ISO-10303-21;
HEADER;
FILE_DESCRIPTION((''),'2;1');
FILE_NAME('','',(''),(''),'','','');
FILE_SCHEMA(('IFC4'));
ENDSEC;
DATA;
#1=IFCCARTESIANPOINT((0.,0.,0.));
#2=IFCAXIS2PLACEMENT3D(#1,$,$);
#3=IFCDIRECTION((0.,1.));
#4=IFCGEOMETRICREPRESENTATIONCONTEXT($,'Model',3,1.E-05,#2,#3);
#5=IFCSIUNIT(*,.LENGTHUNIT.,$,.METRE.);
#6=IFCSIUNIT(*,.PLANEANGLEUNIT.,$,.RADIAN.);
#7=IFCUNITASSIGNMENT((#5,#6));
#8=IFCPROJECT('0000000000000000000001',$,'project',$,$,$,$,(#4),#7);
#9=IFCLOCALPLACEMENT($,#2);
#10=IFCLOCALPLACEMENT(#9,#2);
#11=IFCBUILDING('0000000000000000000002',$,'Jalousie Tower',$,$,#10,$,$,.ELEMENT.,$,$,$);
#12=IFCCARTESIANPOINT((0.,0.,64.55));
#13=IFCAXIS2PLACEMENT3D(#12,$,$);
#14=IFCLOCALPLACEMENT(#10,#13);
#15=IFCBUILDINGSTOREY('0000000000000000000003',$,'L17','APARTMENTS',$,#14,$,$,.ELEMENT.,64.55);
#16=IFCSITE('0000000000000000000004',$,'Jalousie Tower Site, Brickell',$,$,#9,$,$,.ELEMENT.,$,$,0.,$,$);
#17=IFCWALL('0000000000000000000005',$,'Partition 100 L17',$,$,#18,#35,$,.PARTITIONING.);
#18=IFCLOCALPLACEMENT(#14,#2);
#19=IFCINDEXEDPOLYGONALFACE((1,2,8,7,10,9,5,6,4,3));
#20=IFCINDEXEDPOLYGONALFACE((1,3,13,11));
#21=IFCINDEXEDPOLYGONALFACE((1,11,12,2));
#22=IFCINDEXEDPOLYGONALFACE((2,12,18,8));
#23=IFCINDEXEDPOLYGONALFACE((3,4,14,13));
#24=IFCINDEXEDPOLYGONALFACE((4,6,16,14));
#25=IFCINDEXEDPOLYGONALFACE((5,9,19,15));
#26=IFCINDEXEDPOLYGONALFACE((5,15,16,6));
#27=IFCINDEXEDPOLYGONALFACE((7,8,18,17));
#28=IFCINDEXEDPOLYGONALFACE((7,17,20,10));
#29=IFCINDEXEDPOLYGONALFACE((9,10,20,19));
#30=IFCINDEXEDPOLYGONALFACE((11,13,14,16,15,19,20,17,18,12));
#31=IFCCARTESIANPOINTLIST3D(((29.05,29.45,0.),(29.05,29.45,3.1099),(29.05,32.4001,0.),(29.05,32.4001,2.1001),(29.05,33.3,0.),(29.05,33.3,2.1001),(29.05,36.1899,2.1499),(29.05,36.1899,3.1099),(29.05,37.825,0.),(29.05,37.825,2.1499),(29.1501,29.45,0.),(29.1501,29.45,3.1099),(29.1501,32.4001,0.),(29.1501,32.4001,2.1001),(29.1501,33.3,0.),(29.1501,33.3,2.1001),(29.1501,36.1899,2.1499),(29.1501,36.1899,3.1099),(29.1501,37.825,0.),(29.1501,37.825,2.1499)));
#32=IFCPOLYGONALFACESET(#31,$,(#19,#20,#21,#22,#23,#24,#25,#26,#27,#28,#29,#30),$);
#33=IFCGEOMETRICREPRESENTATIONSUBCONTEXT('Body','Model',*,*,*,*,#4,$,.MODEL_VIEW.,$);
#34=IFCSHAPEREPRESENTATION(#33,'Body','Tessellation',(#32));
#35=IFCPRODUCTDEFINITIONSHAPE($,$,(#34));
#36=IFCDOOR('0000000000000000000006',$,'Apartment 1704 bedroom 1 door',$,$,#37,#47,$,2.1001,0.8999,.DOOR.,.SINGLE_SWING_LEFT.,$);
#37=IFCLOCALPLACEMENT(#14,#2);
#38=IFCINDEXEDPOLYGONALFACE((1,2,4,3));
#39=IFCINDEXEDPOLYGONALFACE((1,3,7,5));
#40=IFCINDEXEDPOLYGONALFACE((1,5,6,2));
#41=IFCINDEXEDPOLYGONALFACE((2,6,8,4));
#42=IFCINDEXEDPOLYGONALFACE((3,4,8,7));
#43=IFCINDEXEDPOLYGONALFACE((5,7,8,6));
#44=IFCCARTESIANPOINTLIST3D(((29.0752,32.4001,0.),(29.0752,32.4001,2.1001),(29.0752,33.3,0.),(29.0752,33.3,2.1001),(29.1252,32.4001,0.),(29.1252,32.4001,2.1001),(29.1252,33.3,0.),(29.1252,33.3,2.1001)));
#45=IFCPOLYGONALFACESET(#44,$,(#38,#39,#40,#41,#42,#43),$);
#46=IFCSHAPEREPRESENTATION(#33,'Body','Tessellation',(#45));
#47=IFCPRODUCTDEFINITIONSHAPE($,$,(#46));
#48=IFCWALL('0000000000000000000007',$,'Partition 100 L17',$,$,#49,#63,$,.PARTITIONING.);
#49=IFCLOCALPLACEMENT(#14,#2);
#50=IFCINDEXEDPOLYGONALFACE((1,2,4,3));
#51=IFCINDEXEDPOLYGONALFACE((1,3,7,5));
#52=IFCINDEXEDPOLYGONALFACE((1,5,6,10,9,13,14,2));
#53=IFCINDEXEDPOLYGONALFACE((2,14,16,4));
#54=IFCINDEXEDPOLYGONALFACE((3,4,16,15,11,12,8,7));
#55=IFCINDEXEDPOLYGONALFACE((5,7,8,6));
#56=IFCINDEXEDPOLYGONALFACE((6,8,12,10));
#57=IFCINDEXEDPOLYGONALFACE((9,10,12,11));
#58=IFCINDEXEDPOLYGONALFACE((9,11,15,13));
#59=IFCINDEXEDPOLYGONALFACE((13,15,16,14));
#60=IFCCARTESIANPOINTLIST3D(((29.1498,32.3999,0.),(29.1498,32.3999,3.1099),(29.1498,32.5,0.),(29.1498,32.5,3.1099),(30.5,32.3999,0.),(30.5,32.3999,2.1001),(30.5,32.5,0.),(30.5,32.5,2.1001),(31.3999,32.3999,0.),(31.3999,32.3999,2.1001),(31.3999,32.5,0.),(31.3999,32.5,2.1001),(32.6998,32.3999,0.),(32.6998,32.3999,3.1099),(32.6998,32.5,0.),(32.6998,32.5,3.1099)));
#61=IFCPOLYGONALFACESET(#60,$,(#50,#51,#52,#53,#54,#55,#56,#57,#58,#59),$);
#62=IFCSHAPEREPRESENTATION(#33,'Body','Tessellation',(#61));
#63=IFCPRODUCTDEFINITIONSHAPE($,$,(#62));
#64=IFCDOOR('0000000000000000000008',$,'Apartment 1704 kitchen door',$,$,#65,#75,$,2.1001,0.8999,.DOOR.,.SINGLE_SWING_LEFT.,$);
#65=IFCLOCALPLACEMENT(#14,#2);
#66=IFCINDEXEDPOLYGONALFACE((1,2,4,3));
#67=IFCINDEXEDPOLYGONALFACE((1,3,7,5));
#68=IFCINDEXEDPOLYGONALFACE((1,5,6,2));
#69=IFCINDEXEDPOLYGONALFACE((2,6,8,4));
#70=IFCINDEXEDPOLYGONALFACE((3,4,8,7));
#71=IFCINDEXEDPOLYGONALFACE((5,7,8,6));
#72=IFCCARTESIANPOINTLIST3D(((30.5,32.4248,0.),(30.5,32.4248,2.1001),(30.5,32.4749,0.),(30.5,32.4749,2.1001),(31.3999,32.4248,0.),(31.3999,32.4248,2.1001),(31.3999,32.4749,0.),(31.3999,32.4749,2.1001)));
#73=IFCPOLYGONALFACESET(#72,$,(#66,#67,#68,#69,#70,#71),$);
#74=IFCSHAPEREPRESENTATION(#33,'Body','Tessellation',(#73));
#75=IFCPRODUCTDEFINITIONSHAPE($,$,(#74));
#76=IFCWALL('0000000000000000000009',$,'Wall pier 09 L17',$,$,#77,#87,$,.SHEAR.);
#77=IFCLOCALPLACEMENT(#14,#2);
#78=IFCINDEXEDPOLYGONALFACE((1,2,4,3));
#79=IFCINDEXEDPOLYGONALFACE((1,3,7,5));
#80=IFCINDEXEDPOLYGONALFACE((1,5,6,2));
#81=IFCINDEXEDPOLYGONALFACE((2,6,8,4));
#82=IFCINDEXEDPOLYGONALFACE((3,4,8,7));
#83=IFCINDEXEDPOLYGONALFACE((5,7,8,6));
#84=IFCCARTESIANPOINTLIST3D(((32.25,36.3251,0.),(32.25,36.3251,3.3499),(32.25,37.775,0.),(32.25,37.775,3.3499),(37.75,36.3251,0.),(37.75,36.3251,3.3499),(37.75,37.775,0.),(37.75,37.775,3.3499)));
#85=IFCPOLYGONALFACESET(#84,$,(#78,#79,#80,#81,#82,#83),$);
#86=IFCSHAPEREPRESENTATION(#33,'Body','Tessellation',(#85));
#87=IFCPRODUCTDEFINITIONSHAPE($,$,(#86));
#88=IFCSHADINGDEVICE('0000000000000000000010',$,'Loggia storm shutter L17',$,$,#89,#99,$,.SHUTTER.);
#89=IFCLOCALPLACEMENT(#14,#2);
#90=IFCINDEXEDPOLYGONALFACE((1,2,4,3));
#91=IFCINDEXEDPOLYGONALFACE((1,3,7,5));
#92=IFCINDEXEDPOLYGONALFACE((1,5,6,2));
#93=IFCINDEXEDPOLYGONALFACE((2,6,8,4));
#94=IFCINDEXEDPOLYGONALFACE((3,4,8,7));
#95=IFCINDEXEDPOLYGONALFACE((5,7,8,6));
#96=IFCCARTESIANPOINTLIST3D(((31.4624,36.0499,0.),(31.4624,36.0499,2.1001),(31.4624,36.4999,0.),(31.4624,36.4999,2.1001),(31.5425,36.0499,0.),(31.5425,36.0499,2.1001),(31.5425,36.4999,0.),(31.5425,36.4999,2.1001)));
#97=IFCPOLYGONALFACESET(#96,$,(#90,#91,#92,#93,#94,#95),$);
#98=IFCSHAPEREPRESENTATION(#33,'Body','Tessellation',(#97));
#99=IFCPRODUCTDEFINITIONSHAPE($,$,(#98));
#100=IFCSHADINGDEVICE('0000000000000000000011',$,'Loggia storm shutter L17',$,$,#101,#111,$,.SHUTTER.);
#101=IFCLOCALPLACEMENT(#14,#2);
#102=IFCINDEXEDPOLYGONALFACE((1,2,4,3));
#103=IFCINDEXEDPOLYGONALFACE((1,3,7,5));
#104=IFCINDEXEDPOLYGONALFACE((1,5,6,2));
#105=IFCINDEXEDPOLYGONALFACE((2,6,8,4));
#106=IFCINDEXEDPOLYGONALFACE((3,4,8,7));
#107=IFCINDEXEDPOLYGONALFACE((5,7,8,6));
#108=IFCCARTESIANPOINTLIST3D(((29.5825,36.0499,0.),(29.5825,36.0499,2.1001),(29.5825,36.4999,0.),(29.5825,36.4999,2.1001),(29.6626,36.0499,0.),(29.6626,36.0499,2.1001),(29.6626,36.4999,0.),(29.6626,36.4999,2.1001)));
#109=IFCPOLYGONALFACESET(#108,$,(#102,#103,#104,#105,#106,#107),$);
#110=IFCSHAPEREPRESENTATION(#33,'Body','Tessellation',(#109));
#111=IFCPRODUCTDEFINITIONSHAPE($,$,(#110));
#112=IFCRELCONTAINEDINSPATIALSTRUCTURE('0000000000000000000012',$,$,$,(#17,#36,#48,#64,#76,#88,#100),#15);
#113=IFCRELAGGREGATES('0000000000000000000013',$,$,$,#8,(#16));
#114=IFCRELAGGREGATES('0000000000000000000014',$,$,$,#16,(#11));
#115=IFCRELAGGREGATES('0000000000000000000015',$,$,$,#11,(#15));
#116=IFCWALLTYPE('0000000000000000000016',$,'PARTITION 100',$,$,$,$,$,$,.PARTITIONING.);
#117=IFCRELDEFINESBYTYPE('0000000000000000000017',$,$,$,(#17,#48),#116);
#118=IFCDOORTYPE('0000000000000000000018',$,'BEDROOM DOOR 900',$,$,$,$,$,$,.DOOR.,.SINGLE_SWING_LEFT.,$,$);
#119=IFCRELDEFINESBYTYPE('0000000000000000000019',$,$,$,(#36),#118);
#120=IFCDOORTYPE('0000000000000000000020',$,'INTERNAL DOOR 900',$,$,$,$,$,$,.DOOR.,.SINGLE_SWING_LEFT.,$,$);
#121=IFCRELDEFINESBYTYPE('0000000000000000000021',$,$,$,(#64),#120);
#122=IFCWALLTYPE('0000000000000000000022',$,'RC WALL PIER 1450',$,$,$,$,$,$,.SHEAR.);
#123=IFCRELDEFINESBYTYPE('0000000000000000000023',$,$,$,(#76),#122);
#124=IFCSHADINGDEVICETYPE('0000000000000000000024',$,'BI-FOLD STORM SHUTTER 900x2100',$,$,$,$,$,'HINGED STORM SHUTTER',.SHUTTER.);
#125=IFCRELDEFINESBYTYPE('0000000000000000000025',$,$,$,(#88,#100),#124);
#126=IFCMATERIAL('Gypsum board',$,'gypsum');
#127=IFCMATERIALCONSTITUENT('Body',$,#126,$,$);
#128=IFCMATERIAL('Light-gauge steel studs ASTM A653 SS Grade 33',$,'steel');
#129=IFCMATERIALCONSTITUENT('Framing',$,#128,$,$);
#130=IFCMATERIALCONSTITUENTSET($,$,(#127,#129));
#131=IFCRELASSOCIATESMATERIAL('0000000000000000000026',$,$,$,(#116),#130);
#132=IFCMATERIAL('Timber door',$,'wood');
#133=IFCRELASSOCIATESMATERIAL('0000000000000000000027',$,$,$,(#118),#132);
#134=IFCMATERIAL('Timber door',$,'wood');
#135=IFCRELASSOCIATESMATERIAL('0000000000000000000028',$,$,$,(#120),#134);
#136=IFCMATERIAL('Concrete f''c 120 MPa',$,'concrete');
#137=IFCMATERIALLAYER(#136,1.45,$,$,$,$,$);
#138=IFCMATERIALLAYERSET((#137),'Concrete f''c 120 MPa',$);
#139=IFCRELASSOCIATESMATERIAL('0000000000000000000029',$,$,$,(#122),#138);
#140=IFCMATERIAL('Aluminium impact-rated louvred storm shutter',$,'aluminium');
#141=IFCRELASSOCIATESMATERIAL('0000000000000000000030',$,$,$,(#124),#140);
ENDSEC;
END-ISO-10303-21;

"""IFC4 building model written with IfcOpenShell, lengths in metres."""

from ifc_helpers import new_model, si_unit, direction, frame, frame_2d, origin, origin_2d, place, context, subcontext, project, spatial, polyline, rectangle, outline, extrude, material, layer, layer_set, constituent, constituent_set, type_object, element, fill, save


model = new_model("IFC4")

# Units and contexts
model_context = context("Model", 3, precision=1e-05, world=origin(), true_north=direction((0.0, 1.0)))
body_context = subcontext(model_context, "Body", "Model", "MODEL_VIEW")
ifc_project = project(units=[si_unit("LENGTHUNIT", "METRE"), si_unit("PLANEANGLEUNIT", "RADIAN")], contexts=[model_context])

# Site, building, storey
site_placement = place(None, origin())
site = spatial("IfcSite", under=ifc_project, at=site_placement, Name="Jalousie Tower Site, Brickell", CompositionType="ELEMENT", RefElevation=0.0)
building_placement = place(site_placement, origin())
building = spatial("IfcBuilding", under=site, at=building_placement, Name="Jalousie Tower", CompositionType="ELEMENT")
storey_placement = place(building_placement, frame((0.0, 0.0, 64.55)))
storey = spatial("IfcBuildingStorey", under=building, at=storey_placement, Name="L17", Description="APARTMENTS", CompositionType="ELEMENT", Elevation=64.55)

# Walls, openings, doors
ifc_material_1 = material(Name="Gypsum board", Category="gypsum")
ifc_constituent_1 = constituent(ifc_material_1, Name="Body")
ifc_material_2 = material(Name="Light-gauge steel studs ASTM A653 SS Grade 33", Category="steel")
ifc_constituent_2 = constituent(ifc_material_2, Name="Framing")
ifc_constituent_set_1 = constituent_set(constituents=[ifc_constituent_1, ifc_constituent_2])
wall_type_1 = type_object("IfcWallType", Name="PARTITION 100", PredefinedType="PARTITIONING", material=ifc_constituent_set_1)
wall_1_placement = place(storey_placement, frame((29.1001, 37.825, 0.0), z_axis=(0.0, 0.0, 1.0), x_axis=(0.0, -1.0, 0.0)))
wall_1 = element("IfcWall", 1, at=wall_1_placement, inside=storey, type_object=wall_type_1, Name="Partition 100 L17", PredefinedType="PARTITIONING", context=body_context, shape_type="SweptSolid", body=[
    extrude(outline(polyline([(0.0, 0.0), (8.375, 0.0), (8.375, 3.1099), (1.635, 3.1099), (1.635, 2.1499), (0.0, 2.1499), (0.0, 3.1099), (0.0, 0.0)])), frame((0.0, 0.05, 0.0), z_axis=(0.0, -1.0, 0.0), x_axis=(1.0, 0.0, 0.0)), (0.0, 0.0, 1.0), 0.1001),
])
opening_1_placement = place(wall_1_placement, frame((4.5249, 0.0, 0.0)))
opening_1 = element("IfcOpeningElement", 2, at=opening_1_placement, cuts=wall_1, PredefinedType="OPENING", context=body_context, shape_type="SweptSolid", body=[
    extrude(rectangle(XDim=0.8999, YDim=2.1001, at=frame_2d((0.45, 1.05))), frame((0.0, 0.0601, 0.0), z_axis=(0.0, -1.0, 0.0), x_axis=(1.0, 0.0, 0.0)), (0.0, 0.0, 1.0), 0.1201),
])
ifc_material_3 = material(Name="Timber door", Category="wood")
door_type_1 = type_object("IfcDoorType", Name="BEDROOM DOOR 900", OperationType="SINGLE_SWING_LEFT", PredefinedType="DOOR", material=ifc_material_3)
door_1_placement = place(opening_1_placement, frame((0.8999, 0.0, 0.0), z_axis=(0.0, 0.0, 1.0), x_axis=(-1.0, 0.0, 0.0)))
door_1 = element("IfcDoor", 3, at=door_1_placement, inside=storey, type_object=door_type_1, Name="Apartment 1704 bedroom 1 door", OperationType="SINGLE_SWING_LEFT", OverallHeight=2.1001, OverallWidth=0.8999, PredefinedType="DOOR", context=body_context, shape_type="SweptSolid", body=[
    extrude(rectangle(XDim=0.8999, YDim=2.1001, at=frame_2d((0.45, 1.05))), frame((0.0, 0.0249, 0.0), z_axis=(0.0, -1.0, 0.0), x_axis=(1.0, 0.0, 0.0)), (0.0, 0.0, 1.0), 0.05),
])
fill(opening_1, door_1)
wall_2_placement = place(storey_placement, frame((29.1499, 32.45, 0.0), z_axis=(0.0, 0.0, 1.0), x_axis=(1.0, 0.0, 0.0)))
wall_2 = element("IfcWall", 4, at=wall_2_placement, inside=storey, type_object=wall_type_1, Name="Partition 100 L17", PredefinedType="PARTITIONING", context=body_context, shape_type="SweptSolid", body=[
    extrude(rectangle(XDim=3.55, YDim=0.1001, at=frame_2d((1.7749, 0.0))), origin(), (0.0, 0.0, 1.0), 3.1099),
])
opening_2_placement = place(wall_2_placement, frame((1.3501, 0.0, 0.0)))
opening_2 = element("IfcOpeningElement", 5, at=opening_2_placement, cuts=wall_2, PredefinedType="OPENING", context=body_context, shape_type="SweptSolid", body=[
    extrude(rectangle(XDim=0.8999, YDim=2.1001, at=frame_2d((0.45, 1.05))), frame((0.0, 0.0601, 0.0), z_axis=(0.0, -1.0, 0.0), x_axis=(1.0, 0.0, 0.0)), (0.0, 0.0, 1.0), 0.1201),
])
ifc_material_4 = material(Name="Timber door", Category="wood")
door_type_2 = type_object("IfcDoorType", Name="INTERNAL DOOR 900", OperationType="SINGLE_SWING_LEFT", PredefinedType="DOOR", material=ifc_material_4)
door_2_placement = place(opening_2_placement, origin())
door_2 = element("IfcDoor", 6, at=door_2_placement, inside=storey, type_object=door_type_2, Name="Apartment 1704 kitchen door", OperationType="SINGLE_SWING_LEFT", OverallHeight=2.1001, OverallWidth=0.8999, PredefinedType="DOOR", context=body_context, shape_type="SweptSolid", body=[
    extrude(rectangle(XDim=0.8999, YDim=2.1001, at=frame_2d((0.45, 1.05))), frame((0.0, 0.0249, 0.0), z_axis=(0.0, -1.0, 0.0), x_axis=(1.0, 0.0, 0.0)), (0.0, 0.0, 1.0), 0.05),
])
fill(opening_2, door_2)

# Wall
ifc_material_5 = material(Name="Concrete f'c 120 MPa", Category="concrete")
ifc_layer_1 = layer(ifc_material_5, 1.45)
ifc_layer_set_1 = layer_set([ifc_layer_1], Name="Concrete f'c 120 MPa")
wall_type_2 = type_object("IfcWallType", Name="RC WALL PIER 1450", PredefinedType="SHEAR", material=ifc_layer_set_1)
wall_3_placement = place(storey_placement, frame((32.25, 37.05, 0.0), z_axis=(0.0, 0.0, 1.0), x_axis=(1.0, 0.0, 0.0)))
element("IfcWall", 7, at=wall_3_placement, inside=storey, type_object=wall_type_2, Name="Wall pier 09 L17", PredefinedType="SHEAR", context=body_context, shape_type="SweptSolid", body=[
    extrude(rectangle(XDim=5.5, YDim=1.45, at=frame_2d((2.75, 0.0))), origin(), (0.0, 0.0, 1.0), 3.3499),
])

# Shading devices
ifc_material_6 = material(Name="Aluminium impact-rated louvred storm shutter", Category="aluminium")
shading_device_type_1 = type_object("IfcShadingDeviceType", Name="BI-FOLD STORM SHUTTER 900x2100", ElementType="HINGED STORM SHUTTER", PredefinedType="SHUTTER", material=ifc_material_6)
for number, where, z_axis, x_axis, name in (
    (8, (31.5024, 36.2749, 0.0), (0.0, 0.0, 1.0), (0.0, -1.0, 0.0), "Loggia storm shutter L17"),
    (9, (29.6226, 36.2749, 0.0), (0.0, 0.0, 1.0), (0.0, -1.0, 0.0), "Loggia storm shutter L17"),
):
    element("IfcShadingDevice", number, at=place(storey_placement, frame(where, z_axis=z_axis, x_axis=x_axis)), inside=storey, type_object=shading_device_type_1, Name=name, PredefinedType="SHUTTER", context=body_context, shape_type="SweptSolid", body=[
        extrude(rectangle(XDim=0.45, YDim=0.0801, at=origin_2d()), origin(), (0.0, 0.0, 1.0), 2.1001),
    ])

save(model, "model.ifc")
